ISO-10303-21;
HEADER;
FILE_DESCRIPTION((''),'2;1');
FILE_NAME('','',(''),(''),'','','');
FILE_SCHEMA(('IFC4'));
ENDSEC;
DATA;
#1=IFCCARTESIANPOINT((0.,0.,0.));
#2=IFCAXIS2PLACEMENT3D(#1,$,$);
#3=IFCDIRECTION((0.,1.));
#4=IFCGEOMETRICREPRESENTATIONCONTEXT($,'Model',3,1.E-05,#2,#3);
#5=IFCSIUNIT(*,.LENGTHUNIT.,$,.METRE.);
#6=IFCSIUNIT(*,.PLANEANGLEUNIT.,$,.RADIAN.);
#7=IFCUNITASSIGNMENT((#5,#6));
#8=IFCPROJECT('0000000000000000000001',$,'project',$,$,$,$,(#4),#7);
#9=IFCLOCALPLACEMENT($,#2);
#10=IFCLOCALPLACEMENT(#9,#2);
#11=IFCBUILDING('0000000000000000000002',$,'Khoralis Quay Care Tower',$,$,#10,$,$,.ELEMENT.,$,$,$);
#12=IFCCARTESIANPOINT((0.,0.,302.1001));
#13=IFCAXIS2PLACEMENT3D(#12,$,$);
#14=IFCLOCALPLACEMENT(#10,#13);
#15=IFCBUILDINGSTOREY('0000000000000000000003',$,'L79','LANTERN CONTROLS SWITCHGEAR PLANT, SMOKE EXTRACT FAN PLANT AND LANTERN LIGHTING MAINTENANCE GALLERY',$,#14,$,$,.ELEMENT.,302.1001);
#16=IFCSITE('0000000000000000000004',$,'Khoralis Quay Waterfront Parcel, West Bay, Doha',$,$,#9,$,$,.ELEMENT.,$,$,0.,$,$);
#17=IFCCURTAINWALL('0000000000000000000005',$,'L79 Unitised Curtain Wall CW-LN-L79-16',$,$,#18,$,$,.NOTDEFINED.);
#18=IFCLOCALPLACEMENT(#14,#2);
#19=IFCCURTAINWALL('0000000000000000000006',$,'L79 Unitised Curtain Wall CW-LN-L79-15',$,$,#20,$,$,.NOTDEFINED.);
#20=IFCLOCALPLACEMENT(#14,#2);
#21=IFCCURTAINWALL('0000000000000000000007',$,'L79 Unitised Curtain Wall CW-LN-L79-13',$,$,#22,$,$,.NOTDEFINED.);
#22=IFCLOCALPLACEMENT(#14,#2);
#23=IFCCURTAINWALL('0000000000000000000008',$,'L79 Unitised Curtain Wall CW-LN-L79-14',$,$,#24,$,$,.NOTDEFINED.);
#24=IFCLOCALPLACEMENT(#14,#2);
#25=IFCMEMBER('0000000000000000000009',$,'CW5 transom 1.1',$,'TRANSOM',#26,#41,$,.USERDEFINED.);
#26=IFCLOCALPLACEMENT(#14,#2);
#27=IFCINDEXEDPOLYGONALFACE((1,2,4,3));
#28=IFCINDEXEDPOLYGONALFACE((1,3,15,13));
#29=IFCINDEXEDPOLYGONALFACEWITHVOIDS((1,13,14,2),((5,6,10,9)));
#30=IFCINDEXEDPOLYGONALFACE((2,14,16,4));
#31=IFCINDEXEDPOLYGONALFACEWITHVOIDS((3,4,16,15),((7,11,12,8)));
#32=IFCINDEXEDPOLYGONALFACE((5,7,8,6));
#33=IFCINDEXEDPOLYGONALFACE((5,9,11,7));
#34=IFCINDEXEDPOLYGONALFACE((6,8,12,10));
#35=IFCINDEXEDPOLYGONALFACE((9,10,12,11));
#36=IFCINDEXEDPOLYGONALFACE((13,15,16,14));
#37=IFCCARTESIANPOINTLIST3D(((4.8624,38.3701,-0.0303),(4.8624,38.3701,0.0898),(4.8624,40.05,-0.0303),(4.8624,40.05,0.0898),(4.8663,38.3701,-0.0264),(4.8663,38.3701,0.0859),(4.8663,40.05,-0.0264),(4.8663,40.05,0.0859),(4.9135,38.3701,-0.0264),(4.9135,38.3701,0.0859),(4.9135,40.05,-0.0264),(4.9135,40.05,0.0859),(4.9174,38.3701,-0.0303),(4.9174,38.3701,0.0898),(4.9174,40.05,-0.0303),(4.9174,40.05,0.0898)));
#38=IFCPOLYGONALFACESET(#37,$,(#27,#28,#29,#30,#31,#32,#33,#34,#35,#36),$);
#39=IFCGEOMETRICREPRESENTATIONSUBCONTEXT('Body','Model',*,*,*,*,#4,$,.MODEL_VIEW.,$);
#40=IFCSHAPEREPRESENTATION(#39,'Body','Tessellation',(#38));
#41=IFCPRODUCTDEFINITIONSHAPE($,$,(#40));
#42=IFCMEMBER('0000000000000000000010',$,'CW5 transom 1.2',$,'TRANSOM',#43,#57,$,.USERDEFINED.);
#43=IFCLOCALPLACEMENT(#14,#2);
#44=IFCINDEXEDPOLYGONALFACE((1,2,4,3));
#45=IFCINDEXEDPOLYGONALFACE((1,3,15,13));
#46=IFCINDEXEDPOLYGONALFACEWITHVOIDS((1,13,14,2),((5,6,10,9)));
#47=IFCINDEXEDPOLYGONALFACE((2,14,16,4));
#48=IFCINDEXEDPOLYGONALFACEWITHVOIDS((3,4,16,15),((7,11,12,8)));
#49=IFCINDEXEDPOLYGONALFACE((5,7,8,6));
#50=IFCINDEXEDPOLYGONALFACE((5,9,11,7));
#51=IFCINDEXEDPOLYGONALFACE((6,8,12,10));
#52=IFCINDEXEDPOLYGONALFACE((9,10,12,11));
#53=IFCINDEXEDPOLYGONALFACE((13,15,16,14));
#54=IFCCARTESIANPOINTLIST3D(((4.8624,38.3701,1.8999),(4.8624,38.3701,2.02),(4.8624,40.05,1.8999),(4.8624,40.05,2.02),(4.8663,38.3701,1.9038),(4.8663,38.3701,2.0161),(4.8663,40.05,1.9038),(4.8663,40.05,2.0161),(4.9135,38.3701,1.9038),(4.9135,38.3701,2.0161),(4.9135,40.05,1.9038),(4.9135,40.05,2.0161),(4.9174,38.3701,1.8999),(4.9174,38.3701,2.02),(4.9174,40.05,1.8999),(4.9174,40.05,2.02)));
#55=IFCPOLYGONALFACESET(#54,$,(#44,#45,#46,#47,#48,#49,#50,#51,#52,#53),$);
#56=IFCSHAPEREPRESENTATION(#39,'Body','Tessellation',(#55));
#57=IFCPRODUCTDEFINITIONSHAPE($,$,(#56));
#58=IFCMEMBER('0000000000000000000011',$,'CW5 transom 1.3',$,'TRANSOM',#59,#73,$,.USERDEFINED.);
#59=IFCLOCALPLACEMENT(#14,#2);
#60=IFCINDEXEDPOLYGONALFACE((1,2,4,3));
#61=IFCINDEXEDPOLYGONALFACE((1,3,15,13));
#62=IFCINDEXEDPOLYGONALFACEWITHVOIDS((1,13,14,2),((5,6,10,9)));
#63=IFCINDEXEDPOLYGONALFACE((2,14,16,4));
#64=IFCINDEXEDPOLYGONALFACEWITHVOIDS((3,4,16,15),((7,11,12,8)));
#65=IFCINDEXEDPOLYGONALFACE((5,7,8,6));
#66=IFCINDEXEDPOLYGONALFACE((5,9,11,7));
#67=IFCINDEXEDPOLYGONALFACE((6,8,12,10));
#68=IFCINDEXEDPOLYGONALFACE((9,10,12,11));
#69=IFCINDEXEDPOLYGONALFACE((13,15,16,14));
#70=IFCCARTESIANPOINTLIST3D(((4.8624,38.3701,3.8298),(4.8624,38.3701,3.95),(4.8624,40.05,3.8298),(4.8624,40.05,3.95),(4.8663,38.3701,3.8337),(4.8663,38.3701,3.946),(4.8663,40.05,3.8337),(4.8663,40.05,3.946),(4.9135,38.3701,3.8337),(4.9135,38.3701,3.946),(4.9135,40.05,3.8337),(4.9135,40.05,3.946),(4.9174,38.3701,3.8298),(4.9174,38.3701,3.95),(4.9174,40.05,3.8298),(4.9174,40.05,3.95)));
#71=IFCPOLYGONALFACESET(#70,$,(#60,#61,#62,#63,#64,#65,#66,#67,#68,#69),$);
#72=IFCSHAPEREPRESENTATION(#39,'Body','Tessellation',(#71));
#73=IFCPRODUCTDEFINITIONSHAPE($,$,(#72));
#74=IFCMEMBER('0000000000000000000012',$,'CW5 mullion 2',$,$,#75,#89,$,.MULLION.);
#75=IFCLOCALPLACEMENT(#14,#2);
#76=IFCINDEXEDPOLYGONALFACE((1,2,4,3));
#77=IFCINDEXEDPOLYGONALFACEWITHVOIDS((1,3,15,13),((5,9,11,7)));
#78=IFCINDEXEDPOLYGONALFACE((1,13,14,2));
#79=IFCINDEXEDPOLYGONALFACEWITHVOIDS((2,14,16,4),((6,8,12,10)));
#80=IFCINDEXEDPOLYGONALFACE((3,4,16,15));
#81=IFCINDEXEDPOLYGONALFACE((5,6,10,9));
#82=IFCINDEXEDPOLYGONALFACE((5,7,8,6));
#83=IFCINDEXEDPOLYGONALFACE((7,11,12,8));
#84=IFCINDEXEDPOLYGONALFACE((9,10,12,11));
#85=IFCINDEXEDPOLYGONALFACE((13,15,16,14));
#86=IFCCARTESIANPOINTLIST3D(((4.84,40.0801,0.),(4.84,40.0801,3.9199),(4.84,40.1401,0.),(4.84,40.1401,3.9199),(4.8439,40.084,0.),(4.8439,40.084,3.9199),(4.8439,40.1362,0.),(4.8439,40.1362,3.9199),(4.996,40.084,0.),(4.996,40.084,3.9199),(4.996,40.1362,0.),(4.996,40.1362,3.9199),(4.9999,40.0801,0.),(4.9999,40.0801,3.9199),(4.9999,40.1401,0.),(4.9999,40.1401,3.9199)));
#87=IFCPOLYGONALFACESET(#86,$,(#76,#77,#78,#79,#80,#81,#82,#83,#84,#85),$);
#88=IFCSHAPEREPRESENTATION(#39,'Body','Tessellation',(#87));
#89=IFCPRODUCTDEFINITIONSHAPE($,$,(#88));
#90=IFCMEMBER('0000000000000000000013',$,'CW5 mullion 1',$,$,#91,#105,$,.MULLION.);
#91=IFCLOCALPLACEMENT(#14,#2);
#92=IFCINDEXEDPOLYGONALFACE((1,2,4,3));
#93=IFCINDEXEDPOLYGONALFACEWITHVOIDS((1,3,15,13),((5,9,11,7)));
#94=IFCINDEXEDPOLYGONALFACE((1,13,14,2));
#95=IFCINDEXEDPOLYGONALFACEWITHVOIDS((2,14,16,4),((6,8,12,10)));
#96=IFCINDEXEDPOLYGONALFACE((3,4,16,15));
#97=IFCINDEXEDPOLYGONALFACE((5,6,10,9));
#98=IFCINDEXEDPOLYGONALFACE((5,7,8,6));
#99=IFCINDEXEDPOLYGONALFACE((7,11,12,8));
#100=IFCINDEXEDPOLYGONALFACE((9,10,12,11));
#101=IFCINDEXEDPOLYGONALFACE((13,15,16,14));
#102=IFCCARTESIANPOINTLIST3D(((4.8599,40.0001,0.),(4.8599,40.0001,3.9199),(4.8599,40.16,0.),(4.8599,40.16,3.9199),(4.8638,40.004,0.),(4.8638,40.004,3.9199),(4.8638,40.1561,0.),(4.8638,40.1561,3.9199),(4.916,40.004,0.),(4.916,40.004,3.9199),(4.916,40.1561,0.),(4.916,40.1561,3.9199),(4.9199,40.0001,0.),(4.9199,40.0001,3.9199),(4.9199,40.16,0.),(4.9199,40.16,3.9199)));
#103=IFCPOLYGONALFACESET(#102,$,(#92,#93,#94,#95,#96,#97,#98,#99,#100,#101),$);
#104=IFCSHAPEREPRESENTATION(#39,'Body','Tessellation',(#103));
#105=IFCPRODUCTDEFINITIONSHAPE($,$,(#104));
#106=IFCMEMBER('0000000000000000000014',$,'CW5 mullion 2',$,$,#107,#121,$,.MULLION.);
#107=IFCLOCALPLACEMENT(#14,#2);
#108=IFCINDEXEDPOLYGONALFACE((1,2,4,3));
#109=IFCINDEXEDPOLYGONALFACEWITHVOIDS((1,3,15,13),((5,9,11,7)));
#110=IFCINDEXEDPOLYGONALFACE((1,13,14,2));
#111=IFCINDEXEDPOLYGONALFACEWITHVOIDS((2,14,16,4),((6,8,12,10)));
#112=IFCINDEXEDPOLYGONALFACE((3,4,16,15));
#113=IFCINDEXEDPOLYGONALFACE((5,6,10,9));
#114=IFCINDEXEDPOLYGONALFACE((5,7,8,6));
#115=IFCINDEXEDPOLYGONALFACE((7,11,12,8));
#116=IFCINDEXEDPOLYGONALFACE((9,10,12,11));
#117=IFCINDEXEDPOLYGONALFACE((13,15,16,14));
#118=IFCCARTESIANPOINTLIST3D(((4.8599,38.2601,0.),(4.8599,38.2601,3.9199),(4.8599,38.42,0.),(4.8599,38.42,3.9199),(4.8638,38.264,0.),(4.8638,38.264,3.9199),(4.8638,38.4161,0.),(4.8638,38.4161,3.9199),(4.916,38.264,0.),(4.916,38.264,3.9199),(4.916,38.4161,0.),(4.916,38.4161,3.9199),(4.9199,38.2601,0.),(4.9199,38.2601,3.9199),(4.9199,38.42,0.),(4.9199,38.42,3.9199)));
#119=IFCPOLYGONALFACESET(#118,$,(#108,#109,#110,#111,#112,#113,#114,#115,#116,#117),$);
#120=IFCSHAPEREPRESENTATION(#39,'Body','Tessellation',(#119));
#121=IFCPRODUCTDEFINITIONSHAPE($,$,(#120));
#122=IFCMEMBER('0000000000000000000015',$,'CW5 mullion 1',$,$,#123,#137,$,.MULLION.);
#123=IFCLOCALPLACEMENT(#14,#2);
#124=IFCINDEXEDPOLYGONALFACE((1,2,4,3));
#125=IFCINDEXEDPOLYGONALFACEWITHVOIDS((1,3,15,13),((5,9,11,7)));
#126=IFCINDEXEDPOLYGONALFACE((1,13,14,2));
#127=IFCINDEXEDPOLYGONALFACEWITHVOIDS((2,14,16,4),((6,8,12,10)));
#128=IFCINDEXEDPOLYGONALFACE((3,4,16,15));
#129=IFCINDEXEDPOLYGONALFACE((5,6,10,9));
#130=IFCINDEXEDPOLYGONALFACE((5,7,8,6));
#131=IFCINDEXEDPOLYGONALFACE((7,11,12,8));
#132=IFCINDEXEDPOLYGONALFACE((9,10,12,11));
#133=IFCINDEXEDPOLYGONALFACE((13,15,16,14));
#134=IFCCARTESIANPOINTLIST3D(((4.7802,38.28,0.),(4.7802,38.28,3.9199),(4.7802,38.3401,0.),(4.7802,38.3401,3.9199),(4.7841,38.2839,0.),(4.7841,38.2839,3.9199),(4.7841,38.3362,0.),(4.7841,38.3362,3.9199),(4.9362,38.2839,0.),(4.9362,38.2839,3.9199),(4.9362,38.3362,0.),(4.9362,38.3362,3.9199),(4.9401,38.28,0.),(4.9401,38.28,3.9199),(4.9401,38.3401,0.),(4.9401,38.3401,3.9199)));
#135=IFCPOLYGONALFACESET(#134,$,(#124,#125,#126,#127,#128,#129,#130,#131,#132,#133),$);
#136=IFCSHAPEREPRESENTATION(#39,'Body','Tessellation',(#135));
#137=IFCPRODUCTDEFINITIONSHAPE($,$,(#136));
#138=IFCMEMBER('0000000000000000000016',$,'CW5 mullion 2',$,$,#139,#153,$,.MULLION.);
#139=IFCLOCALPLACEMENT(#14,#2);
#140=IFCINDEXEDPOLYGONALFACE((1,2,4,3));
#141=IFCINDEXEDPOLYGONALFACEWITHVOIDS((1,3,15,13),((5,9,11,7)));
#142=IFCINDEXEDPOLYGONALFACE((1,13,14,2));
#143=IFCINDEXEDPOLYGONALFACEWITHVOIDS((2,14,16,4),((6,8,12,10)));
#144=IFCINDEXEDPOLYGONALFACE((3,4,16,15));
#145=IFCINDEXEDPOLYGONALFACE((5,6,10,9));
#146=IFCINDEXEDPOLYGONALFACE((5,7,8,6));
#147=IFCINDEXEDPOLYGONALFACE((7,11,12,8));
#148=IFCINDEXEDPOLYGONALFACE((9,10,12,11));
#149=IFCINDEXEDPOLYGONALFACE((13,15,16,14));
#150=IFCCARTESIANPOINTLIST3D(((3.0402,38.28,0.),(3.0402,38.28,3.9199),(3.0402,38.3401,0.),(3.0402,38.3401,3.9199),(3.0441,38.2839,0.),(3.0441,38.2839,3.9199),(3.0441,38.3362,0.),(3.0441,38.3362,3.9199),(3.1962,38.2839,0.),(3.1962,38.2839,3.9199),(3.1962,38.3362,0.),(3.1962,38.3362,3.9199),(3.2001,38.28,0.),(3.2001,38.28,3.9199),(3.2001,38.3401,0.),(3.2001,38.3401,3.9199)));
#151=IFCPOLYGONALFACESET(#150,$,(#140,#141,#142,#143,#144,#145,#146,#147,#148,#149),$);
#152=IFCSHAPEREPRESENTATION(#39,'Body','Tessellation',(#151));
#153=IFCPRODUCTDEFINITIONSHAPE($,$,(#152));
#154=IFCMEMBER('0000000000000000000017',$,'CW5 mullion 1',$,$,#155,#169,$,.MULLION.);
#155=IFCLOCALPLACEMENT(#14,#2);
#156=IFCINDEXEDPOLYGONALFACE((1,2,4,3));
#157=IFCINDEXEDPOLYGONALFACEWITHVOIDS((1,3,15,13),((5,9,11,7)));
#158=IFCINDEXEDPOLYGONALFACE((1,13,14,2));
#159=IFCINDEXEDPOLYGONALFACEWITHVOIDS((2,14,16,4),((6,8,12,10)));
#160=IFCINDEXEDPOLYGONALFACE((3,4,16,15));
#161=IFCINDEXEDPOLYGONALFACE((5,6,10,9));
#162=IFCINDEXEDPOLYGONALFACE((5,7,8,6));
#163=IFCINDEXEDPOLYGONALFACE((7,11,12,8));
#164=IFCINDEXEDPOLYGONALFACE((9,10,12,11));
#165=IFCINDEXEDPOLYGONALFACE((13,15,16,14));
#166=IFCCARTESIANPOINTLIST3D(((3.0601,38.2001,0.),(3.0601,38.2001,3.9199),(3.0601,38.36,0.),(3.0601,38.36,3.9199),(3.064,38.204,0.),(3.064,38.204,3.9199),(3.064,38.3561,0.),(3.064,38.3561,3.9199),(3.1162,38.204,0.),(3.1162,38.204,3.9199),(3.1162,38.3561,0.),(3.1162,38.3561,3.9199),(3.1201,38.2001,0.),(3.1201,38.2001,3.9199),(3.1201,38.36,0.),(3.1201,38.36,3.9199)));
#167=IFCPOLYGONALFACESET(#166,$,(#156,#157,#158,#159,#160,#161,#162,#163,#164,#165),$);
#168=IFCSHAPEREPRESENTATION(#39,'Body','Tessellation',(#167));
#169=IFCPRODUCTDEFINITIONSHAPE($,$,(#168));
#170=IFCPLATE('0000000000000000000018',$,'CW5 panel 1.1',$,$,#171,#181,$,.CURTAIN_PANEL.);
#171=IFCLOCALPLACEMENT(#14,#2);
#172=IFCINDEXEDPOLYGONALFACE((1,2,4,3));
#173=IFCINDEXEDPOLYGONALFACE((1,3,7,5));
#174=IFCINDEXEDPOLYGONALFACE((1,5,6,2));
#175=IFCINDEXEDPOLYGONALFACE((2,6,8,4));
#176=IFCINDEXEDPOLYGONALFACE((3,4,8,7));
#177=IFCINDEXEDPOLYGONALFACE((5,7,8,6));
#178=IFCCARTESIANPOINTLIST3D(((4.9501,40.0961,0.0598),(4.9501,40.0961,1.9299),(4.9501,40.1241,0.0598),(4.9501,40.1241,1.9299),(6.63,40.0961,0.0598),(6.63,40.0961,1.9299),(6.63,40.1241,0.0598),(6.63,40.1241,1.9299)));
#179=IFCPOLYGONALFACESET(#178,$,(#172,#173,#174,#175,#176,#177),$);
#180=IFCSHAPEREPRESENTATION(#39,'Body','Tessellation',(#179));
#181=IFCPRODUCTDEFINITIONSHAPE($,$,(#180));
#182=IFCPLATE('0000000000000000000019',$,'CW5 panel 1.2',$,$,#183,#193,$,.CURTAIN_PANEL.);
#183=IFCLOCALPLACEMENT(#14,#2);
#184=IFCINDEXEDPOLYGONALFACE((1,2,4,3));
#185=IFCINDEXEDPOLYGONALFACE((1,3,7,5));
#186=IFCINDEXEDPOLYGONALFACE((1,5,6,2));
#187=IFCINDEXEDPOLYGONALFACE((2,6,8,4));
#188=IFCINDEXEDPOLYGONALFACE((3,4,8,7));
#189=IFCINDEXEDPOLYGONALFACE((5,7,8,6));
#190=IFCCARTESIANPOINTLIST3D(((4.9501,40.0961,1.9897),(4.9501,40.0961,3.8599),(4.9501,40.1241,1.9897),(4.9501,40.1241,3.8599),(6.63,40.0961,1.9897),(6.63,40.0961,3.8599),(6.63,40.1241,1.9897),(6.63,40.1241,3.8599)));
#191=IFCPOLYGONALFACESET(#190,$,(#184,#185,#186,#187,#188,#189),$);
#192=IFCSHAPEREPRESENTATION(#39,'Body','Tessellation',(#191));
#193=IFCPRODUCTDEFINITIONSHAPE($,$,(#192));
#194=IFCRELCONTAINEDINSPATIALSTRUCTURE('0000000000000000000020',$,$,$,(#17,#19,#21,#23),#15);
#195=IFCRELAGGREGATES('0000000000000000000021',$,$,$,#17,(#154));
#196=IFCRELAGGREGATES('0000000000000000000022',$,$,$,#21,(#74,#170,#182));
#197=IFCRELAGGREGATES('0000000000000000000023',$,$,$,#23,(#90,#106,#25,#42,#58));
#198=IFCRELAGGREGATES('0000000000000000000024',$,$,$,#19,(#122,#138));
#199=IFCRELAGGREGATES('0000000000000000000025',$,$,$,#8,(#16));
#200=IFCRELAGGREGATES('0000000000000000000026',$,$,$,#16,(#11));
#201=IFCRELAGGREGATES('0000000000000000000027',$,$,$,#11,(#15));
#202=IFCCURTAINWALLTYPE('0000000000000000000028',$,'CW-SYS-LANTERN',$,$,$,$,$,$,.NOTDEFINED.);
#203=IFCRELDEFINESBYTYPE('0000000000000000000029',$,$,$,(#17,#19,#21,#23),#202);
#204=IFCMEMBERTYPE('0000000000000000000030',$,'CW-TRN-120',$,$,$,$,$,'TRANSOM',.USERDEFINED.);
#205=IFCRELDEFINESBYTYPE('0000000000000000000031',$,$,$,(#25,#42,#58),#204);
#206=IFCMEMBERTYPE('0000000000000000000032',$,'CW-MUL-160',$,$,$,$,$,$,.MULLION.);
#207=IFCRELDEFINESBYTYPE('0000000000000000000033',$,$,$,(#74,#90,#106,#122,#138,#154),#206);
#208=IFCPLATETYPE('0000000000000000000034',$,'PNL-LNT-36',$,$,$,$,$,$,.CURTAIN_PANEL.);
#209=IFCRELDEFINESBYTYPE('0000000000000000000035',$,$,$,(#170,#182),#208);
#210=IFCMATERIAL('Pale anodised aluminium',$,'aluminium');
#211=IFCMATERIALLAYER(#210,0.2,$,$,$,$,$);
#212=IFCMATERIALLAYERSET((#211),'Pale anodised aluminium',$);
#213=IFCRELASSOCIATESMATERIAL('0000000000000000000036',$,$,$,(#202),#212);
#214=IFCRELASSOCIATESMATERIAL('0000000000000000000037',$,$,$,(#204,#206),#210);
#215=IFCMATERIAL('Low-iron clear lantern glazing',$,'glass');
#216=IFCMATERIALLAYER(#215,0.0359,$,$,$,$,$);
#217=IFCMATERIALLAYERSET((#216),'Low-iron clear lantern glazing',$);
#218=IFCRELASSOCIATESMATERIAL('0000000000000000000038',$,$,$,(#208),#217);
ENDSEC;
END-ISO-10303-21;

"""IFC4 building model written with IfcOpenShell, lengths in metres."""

from ifc_helpers import new_model, si_unit, direction, frame, origin, origin_2d, place, context, subcontext, project, spatial, rectangle, hollow_rectangle, extrude, source, transform, mapped, material, layer, layer_set, material_profile, profile_set, type_object, element, aggregate, save


model = new_model("IFC4")

# Units and contexts
model_context = context("Model", 3, precision=1e-05, world=origin(), true_north=direction((0.0, 1.0)))
body_context = subcontext(model_context, "Body", "Model", "MODEL_VIEW")
ifc_project = project(units=[si_unit("LENGTHUNIT", "METRE"), si_unit("PLANEANGLEUNIT", "RADIAN")], contexts=[model_context])

# Site, building, storey
site_placement = place(None, origin())
site = spatial("IfcSite", under=ifc_project, at=site_placement, Name="Khoralis Quay Waterfront Parcel, West Bay, Doha", CompositionType="ELEMENT", RefElevation=0.0)
building_placement = place(site_placement, origin())
building = spatial("IfcBuilding", under=site, at=building_placement, Name="Khoralis Quay Care Tower", CompositionType="ELEMENT")
storey_placement = place(building_placement, frame((0.0, 0.0, 302.1001)))
storey = spatial("IfcBuildingStorey", under=building, at=storey_placement, Name="L79", Description="LANTERN CONTROLS SWITCHGEAR PLANT, SMOKE EXTRACT FAN PLANT AND LANTERN LIGHTING MAINTENANCE GALLERY", CompositionType="ELEMENT", Elevation=302.1001)

# Curtain walls, members
ifc_material_1 = material(Name="Pale anodised aluminium", Category="aluminium")
ifc_layer_1 = layer(ifc_material_1, 0.2)
ifc_layer_set_1 = layer_set([ifc_layer_1], Name="Pale anodised aluminium")
curtain_wall_type = type_object("IfcCurtainWallType", Name="CW-SYS-LANTERN", PredefinedType="NOTDEFINED", material=ifc_layer_set_1)
curtain_wall_1_placement = place(storey_placement, origin())
curtain_wall_1 = element("IfcCurtainWall", 1, at=curtain_wall_1_placement, inside=storey, type_object=curtain_wall_type, Name="L79 Unitised Curtain Wall CW-LN-L79-16", PredefinedType="NOTDEFINED")
ifc_material_profile_1 = material_profile(ifc_material_1, hollow_rectangle(XDim=0.0549, YDim=0.1201, WallThickness=0.0039, at=origin_2d()), Name="Pale anodised aluminium")
ifc_profile_set_1 = profile_set([ifc_material_profile_1], Name="Pale anodised aluminium")
member_type_1 = type_object("IfcMemberType", Name="CW-TRN-120", ElementType="TRANSOM", PredefinedType="USERDEFINED", material=ifc_profile_set_1)
curtain_wall_2_placement = place(storey_placement, origin())
curtain_wall_2 = element("IfcCurtainWall", 2, at=curtain_wall_2_placement, inside=storey, type_object=curtain_wall_type, Name="L79 Unitised Curtain Wall CW-LN-L79-15", PredefinedType="NOTDEFINED")
curtain_wall_3_placement = place(storey_placement, origin())
curtain_wall_3 = element("IfcCurtainWall", 3, at=curtain_wall_3_placement, inside=storey, type_object=curtain_wall_type, Name="L79 Unitised Curtain Wall CW-LN-L79-13", PredefinedType="NOTDEFINED")
shared_shape_1 = source(origin(), body_context, "Body", "SweptSolid", [
    extrude(hollow_rectangle(XDim=0.0549, YDim=0.1201, WallThickness=0.0039, at=origin_2d()), origin(), (0.0, 0.0, 1.0), 1.6799),
])
curtain_wall_4_placement = place(storey_placement, origin())
curtain_wall_4 = element("IfcCurtainWall", 4, at=curtain_wall_4_placement, inside=storey, type_object=curtain_wall_type, Name="L79 Unitised Curtain Wall CW-LN-L79-14", PredefinedType="NOTDEFINED")
member_1_placement = place(storey_placement, frame((4.8899, 40.05, 0.0298), z_axis=(0.0, -1.0, 0.0), x_axis=(1.0, 0.0, 0.0)))
member_1 = element("IfcMember", 5, at=member_1_placement, type_object=member_type_1, Name="CW5 transom 1.1", ObjectType="TRANSOM", PredefinedType="USERDEFINED", context=body_context, shape_type="MappedRepresentation", body=[
    mapped(shared_shape_1, transform((0.0, 0.0, 0.0), scale=1.0)),
])
member_2_placement = place(storey_placement, frame((4.8899, 40.05, 1.96), z_axis=(0.0, -1.0, 0.0), x_axis=(1.0, 0.0, 0.0)))
member_2 = element("IfcMember", 6, at=member_2_placement, type_object=member_type_1, Name="CW5 transom 1.2", ObjectType="TRANSOM", PredefinedType="USERDEFINED", context=body_context, shape_type="MappedRepresentation", body=[
    mapped(shared_shape_1, transform((0.0, 0.0, 0.0), scale=1.0)),
])
member_3_placement = place(storey_placement, frame((4.8899, 40.05, 3.8899), z_axis=(0.0, -1.0, 0.0), x_axis=(1.0, 0.0, 0.0)))
member_3 = element("IfcMember", 7, at=member_3_placement, type_object=member_type_1, Name="CW5 transom 1.3", ObjectType="TRANSOM", PredefinedType="USERDEFINED", context=body_context, shape_type="MappedRepresentation", body=[
    mapped(shared_shape_1, transform((0.0, 0.0, 0.0), scale=1.0)),
])

# Members
ifc_material_profile_2 = material_profile(ifc_material_1, hollow_rectangle(XDim=0.0601, YDim=0.1599, WallThickness=0.0039, at=origin_2d()), Name="Pale anodised aluminium")
ifc_profile_set_2 = profile_set([ifc_material_profile_2], Name="Pale anodised aluminium")
member_type_2 = type_object("IfcMemberType", Name="CW-MUL-160", PredefinedType="MULLION", material=ifc_profile_set_2)
shared_shape_2 = source(origin(), body_context, "Body", "SweptSolid", [
    extrude(hollow_rectangle(XDim=0.0601, YDim=0.1599, WallThickness=0.0039, at=origin_2d()), origin(), (0.0, 0.0, 1.0), 3.9199),
])
member_4_placement = place(storey_placement, frame((4.9199, 40.1101, 0.0), z_axis=(0.0, 0.0, 1.0), x_axis=(0.0, -1.0, 0.0)))
member_4 = element("IfcMember", 8, at=member_4_placement, type_object=member_type_2, Name="CW5 mullion 2", PredefinedType="MULLION", context=body_context, shape_type="MappedRepresentation", body=[
    mapped(shared_shape_2, transform((0.0, 0.0, 0.0), scale=1.0)),
])
member_5_placement = place(storey_placement, frame((4.8899, 40.0801, 0.0), z_axis=(0.0, 0.0, 1.0), x_axis=(1.0, 0.0, 0.0)))
member_5 = element("IfcMember", 9, at=member_5_placement, type_object=member_type_2, Name="CW5 mullion 1", PredefinedType="MULLION", context=body_context, shape_type="MappedRepresentation", body=[
    mapped(shared_shape_2, transform((0.0, 0.0, 0.0), scale=1.0)),
])
member_6_placement = place(storey_placement, frame((4.8899, 38.3401, 0.0), z_axis=(0.0, 0.0, 1.0), x_axis=(1.0, 0.0, 0.0)))
member_6 = element("IfcMember", 10, at=member_6_placement, type_object=member_type_2, Name="CW5 mullion 2", PredefinedType="MULLION", context=body_context, shape_type="MappedRepresentation", body=[
    mapped(shared_shape_2, transform((0.0, 0.0, 0.0), scale=1.0)),
])
member_7_placement = place(storey_placement, frame((4.8601, 38.3101, 0.0), z_axis=(0.0, 0.0, 1.0), x_axis=(0.0, -1.0, 0.0)))
member_7 = element("IfcMember", 11, at=member_7_placement, type_object=member_type_2, Name="CW5 mullion 1", PredefinedType="MULLION", context=body_context, shape_type="MappedRepresentation", body=[
    mapped(shared_shape_2, transform((0.0, 0.0, 0.0), scale=1.0)),
])
member_8_placement = place(storey_placement, frame((3.1201, 38.3101, 0.0), z_axis=(0.0, 0.0, 1.0), x_axis=(0.0, -1.0, 0.0)))
member_8 = element("IfcMember", 12, at=member_8_placement, type_object=member_type_2, Name="CW5 mullion 2", PredefinedType="MULLION", context=body_context, shape_type="MappedRepresentation", body=[
    mapped(shared_shape_2, transform((0.0, 0.0, 0.0), scale=1.0)),
])
member_9_placement = place(storey_placement, frame((3.0901, 38.28, 0.0), z_axis=(0.0, 0.0, 1.0), x_axis=(1.0, 0.0, 0.0)))
member_9 = element("IfcMember", 13, at=member_9_placement, type_object=member_type_2, Name="CW5 mullion 1", PredefinedType="MULLION", context=body_context, shape_type="MappedRepresentation", body=[
    mapped(shared_shape_2, transform((0.0, 0.0, 0.0), scale=1.0)),
])
aggregate(curtain_wall_1, [member_9])

# Plates
ifc_material_2 = material(Name="Low-iron clear lantern glazing", Category="glass")
ifc_layer_2 = layer(ifc_material_2, 0.0359)
ifc_layer_set_2 = layer_set([ifc_layer_2], Name="Low-iron clear lantern glazing")
plate_type = type_object("IfcPlateType", Name="PNL-LNT-36", PredefinedType="CURTAIN_PANEL", material=ifc_layer_set_2)
shared_shape_3 = source(origin(), body_context, "Body", "SweptSolid", [
    extrude(rectangle(XDim=1.6799, YDim=0.0281, at=origin_2d()), origin(), (0.0, 0.0, 1.0), 1.8701),
])
plate_1_placement = place(storey_placement, frame((5.79, 40.1101, 0.0598), z_axis=(0.0, 0.0, 1.0), x_axis=(-1.0, 0.0, 0.0)))
plate_1 = element("IfcPlate", 14, at=plate_1_placement, type_object=plate_type, Name="CW5 panel 1.1", PredefinedType="CURTAIN_PANEL", context=body_context, shape_type="MappedRepresentation", body=[
    mapped(shared_shape_3, transform((0.0, 0.0, 0.0), scale=1.0)),
])
plate_2_placement = place(storey_placement, frame((5.79, 40.1101, 1.9897), z_axis=(0.0, 0.0, 1.0), x_axis=(-1.0, 0.0, 0.0)))
plate_2 = element("IfcPlate", 15, at=plate_2_placement, type_object=plate_type, Name="CW5 panel 1.2", PredefinedType="CURTAIN_PANEL", context=body_context, shape_type="MappedRepresentation", body=[
    mapped(shared_shape_3, transform((0.0, 0.0, 0.0), scale=1.0)),
])
aggregate(curtain_wall_3, [member_4, plate_1, plate_2])
aggregate(curtain_wall_4, [member_5, member_6, member_1, member_2, member_3])
aggregate(curtain_wall_2, [member_7, member_8])

save(model, "model.ifc")
